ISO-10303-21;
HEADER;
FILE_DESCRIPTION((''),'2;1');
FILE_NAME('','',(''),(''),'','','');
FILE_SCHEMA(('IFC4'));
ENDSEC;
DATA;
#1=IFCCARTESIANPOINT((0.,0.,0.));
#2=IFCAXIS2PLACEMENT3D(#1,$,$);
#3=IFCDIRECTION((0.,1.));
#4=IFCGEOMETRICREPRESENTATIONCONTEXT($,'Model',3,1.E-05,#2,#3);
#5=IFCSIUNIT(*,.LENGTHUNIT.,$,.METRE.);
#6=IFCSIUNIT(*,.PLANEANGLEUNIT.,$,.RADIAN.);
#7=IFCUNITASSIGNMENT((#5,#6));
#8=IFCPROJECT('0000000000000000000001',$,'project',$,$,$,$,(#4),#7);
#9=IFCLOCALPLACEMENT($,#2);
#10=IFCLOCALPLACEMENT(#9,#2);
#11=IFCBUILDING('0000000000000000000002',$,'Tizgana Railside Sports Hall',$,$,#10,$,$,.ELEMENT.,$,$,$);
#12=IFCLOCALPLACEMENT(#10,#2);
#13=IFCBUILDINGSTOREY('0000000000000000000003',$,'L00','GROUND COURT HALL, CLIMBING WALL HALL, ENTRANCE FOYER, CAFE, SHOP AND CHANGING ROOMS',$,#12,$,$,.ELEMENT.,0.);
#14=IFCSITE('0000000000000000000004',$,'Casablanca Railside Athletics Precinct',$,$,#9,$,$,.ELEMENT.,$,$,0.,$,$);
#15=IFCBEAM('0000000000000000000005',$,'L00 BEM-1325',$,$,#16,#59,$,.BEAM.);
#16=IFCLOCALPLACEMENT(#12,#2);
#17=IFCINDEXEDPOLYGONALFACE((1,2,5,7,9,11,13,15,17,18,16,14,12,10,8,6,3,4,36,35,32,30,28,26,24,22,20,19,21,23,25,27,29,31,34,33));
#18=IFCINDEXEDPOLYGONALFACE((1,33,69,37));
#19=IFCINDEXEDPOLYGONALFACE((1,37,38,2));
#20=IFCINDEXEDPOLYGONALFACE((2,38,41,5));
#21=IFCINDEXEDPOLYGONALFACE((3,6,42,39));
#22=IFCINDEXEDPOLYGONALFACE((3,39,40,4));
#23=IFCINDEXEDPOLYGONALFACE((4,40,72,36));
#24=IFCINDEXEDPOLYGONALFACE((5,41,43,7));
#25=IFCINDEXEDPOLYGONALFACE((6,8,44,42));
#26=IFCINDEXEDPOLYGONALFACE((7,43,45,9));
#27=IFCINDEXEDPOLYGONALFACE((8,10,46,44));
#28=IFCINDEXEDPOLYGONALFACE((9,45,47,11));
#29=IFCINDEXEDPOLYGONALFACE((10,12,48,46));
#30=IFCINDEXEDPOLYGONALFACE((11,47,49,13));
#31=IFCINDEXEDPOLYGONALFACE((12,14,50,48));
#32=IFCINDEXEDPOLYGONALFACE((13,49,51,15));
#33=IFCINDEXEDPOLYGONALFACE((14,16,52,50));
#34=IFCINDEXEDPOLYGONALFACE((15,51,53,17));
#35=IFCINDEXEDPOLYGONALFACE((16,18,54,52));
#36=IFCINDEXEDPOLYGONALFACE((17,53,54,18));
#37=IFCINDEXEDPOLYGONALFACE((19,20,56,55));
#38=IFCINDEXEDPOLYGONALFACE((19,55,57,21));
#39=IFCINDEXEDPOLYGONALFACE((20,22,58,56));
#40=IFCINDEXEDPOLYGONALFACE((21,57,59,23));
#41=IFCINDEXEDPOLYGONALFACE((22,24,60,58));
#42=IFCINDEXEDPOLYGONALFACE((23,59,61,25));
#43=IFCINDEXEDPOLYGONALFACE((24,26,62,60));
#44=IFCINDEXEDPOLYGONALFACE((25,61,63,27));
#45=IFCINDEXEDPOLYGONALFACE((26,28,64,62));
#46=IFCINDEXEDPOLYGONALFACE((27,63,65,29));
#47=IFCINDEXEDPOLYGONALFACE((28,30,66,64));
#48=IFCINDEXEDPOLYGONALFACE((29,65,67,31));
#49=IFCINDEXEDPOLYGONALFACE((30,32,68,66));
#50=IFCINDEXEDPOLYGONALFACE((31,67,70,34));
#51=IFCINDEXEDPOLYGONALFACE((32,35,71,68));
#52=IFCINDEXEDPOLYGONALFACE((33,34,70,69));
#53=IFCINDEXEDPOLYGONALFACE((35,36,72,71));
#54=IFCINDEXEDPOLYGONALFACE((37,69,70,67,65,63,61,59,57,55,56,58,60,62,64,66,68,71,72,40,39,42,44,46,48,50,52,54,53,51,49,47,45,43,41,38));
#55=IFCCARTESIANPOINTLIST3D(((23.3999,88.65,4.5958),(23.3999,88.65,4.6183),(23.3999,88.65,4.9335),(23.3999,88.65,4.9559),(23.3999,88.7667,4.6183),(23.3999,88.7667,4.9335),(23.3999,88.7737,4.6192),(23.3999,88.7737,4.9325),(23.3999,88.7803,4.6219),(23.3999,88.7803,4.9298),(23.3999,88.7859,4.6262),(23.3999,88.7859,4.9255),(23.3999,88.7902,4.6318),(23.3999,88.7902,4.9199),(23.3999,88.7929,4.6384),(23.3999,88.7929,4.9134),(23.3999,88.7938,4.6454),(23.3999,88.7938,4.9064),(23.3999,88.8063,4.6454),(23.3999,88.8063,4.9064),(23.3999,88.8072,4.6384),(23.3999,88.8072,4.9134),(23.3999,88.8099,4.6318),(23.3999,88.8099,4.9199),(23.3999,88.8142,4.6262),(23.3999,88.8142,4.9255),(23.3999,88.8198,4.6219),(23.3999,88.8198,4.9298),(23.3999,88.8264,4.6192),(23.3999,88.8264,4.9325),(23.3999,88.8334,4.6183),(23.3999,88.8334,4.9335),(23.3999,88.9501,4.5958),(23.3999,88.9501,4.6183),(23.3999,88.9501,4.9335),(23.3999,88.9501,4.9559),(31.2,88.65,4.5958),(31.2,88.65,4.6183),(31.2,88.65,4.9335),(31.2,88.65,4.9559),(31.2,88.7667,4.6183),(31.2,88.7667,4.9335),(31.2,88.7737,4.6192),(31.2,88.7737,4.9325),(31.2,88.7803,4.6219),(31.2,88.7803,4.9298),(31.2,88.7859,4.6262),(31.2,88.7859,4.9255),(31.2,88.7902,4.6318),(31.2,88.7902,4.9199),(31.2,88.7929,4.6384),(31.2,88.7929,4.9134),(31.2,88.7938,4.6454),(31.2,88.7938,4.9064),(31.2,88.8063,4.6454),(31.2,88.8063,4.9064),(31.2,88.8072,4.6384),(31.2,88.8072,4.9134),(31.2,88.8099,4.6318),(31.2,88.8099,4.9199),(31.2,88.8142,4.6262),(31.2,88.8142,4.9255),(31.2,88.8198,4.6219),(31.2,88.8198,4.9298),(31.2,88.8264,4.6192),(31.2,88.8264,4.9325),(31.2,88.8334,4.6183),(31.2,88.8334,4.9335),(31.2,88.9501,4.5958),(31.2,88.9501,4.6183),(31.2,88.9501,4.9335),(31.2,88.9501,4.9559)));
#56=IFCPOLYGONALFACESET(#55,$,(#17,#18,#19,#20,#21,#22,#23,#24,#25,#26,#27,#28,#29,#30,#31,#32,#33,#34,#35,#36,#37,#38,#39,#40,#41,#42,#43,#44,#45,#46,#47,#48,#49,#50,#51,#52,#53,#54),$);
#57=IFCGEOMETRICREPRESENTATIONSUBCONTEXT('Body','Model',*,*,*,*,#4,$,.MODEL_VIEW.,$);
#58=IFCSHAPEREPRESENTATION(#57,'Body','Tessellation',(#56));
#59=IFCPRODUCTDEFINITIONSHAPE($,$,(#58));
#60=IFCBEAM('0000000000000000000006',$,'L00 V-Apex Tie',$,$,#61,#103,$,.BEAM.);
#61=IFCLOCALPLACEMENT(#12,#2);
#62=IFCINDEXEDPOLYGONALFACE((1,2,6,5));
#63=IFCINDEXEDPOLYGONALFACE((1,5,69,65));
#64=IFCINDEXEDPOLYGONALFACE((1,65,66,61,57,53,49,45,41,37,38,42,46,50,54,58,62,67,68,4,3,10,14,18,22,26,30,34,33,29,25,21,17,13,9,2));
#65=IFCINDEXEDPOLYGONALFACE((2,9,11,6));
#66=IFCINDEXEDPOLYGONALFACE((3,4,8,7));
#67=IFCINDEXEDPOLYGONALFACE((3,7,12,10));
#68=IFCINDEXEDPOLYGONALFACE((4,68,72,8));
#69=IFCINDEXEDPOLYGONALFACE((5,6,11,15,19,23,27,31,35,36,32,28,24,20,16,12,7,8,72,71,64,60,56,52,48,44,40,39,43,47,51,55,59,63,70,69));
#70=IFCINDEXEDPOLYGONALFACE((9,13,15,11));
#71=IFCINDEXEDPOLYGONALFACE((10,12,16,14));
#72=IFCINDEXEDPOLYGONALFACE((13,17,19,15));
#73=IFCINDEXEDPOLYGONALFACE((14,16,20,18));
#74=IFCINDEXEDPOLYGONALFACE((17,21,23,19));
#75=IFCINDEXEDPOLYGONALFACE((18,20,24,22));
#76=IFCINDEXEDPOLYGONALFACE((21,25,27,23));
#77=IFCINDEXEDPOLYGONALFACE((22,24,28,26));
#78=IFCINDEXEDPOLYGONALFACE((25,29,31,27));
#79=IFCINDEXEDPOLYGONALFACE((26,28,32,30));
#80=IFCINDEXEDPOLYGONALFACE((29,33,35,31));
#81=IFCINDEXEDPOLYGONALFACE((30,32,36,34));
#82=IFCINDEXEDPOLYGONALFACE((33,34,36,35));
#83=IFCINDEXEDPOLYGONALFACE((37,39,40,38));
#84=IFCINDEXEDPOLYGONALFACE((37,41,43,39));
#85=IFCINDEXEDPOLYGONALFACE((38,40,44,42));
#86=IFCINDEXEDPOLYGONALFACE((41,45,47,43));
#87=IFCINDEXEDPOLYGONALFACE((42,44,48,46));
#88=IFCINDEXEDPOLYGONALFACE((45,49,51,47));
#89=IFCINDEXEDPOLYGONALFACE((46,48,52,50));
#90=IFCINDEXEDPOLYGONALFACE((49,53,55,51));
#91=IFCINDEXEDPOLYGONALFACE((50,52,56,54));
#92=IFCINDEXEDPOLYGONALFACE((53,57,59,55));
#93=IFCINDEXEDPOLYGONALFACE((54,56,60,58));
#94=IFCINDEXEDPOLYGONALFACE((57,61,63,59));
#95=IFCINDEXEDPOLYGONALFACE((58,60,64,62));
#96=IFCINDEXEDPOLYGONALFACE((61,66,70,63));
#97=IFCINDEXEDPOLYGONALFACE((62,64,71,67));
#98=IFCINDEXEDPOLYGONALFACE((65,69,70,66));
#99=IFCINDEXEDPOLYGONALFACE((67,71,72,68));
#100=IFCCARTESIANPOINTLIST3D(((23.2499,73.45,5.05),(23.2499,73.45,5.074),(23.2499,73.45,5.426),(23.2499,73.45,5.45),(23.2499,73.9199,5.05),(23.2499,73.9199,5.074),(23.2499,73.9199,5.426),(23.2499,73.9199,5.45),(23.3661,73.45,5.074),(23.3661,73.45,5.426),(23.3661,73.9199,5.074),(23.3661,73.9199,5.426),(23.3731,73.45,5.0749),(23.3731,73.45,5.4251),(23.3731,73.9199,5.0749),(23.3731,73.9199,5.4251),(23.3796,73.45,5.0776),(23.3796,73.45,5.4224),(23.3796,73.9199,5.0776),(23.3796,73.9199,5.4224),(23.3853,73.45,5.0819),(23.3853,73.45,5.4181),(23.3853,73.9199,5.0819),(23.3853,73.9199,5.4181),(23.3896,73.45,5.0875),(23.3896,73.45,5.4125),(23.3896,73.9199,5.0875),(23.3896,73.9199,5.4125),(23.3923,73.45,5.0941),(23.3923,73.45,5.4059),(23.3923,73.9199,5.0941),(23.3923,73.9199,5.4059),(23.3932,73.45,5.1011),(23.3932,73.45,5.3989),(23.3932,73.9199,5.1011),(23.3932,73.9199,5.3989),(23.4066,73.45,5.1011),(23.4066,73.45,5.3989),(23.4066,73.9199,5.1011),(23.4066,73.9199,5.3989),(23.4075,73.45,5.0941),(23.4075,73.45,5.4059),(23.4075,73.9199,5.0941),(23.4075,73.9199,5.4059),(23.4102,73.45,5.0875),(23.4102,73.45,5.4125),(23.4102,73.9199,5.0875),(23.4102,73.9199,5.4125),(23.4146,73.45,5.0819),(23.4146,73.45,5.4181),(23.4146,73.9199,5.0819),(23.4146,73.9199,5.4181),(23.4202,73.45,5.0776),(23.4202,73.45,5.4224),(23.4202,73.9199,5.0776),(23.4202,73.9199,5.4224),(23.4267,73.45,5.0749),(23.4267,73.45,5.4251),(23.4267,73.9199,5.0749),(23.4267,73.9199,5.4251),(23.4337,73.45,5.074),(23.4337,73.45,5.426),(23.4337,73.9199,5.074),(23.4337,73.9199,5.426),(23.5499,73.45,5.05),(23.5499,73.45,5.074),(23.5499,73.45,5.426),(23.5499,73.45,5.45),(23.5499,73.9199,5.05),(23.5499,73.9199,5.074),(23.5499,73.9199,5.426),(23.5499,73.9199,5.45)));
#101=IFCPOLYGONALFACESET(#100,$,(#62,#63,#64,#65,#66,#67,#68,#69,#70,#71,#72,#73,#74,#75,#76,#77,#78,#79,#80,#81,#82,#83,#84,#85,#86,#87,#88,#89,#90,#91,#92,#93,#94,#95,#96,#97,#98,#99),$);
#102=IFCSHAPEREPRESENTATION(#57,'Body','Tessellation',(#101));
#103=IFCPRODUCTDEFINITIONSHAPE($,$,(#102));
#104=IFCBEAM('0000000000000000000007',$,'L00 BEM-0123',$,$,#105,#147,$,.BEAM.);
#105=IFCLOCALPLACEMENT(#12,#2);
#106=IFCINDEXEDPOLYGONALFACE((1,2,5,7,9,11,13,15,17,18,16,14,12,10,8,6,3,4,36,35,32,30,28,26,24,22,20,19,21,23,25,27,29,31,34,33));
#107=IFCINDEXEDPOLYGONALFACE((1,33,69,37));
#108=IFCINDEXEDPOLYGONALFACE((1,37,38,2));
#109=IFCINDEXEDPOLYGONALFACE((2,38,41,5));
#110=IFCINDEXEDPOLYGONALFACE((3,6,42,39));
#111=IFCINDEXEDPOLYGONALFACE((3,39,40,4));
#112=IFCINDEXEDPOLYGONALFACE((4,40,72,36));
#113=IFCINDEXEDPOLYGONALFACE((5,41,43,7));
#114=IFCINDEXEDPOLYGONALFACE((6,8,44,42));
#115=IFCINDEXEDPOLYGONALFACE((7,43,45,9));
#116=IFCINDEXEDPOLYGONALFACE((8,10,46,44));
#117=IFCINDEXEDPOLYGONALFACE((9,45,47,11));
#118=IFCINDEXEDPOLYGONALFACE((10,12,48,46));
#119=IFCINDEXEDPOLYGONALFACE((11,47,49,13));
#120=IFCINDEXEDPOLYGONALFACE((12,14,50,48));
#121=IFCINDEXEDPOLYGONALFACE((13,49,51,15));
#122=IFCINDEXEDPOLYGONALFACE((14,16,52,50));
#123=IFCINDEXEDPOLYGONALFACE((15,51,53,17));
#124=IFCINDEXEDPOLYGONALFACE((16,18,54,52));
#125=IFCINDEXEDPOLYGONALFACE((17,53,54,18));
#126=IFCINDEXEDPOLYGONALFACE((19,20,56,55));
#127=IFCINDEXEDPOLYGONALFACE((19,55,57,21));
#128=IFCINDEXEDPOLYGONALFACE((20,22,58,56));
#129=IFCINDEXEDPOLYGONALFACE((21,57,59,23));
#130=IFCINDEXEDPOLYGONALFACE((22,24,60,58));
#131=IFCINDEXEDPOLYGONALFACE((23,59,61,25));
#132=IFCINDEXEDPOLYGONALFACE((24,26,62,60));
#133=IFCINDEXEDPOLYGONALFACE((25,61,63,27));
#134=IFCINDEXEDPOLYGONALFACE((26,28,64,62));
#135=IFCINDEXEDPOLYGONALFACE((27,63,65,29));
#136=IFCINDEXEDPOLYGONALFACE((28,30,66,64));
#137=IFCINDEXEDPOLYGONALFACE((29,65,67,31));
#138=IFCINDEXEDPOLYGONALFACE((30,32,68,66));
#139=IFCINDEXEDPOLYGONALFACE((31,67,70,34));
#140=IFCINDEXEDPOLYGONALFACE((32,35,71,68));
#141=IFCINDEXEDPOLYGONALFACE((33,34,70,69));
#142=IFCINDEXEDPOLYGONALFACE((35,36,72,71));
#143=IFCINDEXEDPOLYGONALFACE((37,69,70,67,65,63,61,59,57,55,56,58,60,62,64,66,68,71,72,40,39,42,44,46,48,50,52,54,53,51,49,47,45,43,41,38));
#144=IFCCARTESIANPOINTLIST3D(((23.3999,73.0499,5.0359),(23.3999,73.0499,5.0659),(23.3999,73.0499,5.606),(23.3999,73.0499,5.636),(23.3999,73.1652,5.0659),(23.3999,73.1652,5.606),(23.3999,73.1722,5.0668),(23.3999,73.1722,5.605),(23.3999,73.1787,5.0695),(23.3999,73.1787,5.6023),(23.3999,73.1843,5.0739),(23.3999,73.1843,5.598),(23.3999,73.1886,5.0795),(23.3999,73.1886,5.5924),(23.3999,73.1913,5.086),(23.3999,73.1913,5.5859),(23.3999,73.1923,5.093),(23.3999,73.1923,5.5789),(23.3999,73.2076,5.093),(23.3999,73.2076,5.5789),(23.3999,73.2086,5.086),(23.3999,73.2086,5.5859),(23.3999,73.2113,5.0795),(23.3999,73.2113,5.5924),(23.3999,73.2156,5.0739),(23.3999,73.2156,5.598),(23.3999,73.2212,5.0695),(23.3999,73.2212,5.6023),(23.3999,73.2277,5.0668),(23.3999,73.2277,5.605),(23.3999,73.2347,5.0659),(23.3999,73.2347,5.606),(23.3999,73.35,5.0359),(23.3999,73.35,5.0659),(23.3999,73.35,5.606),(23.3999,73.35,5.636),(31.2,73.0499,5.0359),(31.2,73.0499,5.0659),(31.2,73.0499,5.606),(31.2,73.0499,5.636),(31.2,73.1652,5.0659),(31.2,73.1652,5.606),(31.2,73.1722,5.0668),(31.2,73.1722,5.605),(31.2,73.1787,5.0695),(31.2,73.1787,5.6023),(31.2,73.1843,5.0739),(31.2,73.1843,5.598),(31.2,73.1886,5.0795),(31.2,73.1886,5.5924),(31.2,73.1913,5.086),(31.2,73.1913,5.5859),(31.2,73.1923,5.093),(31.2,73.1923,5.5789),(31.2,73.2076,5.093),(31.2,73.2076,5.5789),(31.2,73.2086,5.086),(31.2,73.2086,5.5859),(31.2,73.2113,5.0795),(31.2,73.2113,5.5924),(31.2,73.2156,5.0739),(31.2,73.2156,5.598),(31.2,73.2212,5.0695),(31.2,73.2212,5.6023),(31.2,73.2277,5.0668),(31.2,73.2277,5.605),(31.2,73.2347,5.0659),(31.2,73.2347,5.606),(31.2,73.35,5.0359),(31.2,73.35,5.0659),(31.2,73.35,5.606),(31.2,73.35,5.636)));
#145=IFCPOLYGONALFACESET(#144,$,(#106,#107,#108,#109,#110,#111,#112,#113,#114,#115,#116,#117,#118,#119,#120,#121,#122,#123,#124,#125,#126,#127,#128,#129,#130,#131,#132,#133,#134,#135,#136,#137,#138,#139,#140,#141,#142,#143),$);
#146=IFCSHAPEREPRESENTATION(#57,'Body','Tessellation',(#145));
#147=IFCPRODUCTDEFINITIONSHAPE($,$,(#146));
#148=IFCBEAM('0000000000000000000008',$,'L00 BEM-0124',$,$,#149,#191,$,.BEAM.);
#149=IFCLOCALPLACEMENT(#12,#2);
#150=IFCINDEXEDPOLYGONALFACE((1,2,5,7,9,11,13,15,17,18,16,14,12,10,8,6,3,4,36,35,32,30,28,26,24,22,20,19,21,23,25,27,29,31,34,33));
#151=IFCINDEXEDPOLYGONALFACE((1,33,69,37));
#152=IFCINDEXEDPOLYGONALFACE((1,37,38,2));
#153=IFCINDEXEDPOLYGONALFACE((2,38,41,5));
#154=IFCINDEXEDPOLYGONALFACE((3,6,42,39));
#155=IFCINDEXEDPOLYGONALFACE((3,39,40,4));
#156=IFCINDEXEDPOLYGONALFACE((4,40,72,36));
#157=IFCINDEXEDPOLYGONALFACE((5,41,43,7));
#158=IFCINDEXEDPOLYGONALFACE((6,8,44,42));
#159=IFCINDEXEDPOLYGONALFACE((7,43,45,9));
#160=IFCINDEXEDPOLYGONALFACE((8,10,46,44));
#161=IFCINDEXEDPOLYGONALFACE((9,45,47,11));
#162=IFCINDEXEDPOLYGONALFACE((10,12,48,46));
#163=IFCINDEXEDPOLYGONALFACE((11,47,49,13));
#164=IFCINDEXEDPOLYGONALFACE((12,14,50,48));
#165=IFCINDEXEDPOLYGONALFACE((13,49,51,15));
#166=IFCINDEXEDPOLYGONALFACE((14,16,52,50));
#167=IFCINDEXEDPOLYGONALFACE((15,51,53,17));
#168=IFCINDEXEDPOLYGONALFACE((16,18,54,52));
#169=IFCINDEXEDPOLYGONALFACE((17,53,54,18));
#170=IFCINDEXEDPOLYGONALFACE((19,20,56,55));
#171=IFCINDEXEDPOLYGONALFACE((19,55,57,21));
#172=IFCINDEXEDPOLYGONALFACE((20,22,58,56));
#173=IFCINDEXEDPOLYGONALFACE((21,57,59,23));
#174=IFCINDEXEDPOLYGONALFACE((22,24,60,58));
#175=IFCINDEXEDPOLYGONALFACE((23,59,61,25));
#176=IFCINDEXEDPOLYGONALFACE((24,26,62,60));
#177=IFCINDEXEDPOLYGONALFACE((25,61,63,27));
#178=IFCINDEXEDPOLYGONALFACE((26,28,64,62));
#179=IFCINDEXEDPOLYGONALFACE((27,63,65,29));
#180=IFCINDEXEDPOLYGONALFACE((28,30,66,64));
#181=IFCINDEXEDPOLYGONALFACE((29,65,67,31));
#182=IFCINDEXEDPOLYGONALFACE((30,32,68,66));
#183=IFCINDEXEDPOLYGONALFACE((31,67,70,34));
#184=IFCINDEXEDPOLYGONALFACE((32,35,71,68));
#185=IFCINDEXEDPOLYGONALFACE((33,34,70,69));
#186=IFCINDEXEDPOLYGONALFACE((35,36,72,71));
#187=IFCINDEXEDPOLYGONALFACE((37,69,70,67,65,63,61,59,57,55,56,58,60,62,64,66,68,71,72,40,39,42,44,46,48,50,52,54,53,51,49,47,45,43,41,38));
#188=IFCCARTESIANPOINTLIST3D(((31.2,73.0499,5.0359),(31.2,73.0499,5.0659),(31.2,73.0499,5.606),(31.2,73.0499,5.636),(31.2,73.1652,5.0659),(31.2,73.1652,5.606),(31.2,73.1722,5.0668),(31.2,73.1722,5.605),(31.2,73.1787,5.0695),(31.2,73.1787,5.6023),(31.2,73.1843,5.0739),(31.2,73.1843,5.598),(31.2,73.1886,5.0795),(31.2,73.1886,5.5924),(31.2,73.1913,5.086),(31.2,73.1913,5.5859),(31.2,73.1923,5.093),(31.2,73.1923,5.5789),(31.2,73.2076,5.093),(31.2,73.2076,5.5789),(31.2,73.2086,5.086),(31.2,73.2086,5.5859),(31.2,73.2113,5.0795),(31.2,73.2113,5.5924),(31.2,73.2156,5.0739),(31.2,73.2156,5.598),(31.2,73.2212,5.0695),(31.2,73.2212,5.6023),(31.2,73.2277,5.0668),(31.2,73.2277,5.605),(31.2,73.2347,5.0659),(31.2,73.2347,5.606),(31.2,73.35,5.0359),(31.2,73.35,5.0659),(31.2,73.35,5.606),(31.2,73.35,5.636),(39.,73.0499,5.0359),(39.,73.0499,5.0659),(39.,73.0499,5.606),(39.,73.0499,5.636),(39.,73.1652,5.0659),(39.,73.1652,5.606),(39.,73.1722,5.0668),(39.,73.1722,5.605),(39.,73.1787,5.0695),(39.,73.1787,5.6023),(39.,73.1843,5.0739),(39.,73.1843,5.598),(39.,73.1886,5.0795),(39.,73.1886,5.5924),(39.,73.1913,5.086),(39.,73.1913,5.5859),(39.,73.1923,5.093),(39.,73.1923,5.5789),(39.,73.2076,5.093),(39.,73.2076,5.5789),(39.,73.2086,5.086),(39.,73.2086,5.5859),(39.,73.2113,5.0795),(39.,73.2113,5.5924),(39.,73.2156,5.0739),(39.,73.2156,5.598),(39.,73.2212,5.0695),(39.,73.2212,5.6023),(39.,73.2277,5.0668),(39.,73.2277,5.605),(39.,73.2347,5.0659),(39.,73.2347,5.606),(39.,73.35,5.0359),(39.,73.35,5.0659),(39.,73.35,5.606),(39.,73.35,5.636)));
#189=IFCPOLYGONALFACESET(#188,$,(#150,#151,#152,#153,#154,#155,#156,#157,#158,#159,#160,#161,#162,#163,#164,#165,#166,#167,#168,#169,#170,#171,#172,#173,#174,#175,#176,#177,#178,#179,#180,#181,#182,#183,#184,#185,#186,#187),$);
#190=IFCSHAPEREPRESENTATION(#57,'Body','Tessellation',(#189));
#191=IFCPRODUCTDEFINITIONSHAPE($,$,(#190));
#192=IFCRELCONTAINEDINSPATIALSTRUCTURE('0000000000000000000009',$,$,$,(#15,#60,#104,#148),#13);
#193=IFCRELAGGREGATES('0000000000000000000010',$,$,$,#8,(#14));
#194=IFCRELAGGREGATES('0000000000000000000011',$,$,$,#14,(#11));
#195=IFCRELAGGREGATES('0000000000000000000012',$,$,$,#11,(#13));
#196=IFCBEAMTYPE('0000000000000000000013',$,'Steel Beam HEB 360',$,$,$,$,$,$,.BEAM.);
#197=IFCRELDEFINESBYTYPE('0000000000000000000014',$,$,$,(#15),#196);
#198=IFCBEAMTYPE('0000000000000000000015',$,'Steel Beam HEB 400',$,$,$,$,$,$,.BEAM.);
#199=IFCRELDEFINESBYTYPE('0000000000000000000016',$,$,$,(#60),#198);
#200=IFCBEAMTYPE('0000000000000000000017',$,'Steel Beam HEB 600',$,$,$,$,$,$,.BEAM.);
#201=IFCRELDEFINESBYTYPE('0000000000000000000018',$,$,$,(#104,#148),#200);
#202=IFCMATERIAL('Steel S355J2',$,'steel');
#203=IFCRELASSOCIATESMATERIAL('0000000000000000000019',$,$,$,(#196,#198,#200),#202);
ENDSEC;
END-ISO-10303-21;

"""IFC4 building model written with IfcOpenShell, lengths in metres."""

from ifc_helpers import new_model, si_unit, direction, frame, origin, origin_2d, place, context, subcontext, project, spatial, i_section, extrude, material, material_profile, profile_set, type_object, element, save


model = new_model("IFC4")

# Units and contexts
model_context = context("Model", 3, precision=1e-05, world=origin(), true_north=direction((0.0, 1.0)))
body_context = subcontext(model_context, "Body", "Model", "MODEL_VIEW")
ifc_project = project(units=[si_unit("LENGTHUNIT", "METRE"), si_unit("PLANEANGLEUNIT", "RADIAN")], contexts=[model_context])

# Site, building, storey
site_placement = place(None, origin())
site = spatial("IfcSite", under=ifc_project, at=site_placement, Name="Casablanca Railside Athletics Precinct", CompositionType="ELEMENT", RefElevation=0.0)
building_placement = place(site_placement, origin())
building = spatial("IfcBuilding", under=site, at=building_placement, Name="Tizgana Railside Sports Hall", CompositionType="ELEMENT")
storey_placement = place(building_placement, origin())
storey = spatial("IfcBuildingStorey", under=building, at=storey_placement, Name="L00", Description="GROUND COURT HALL, CLIMBING WALL HALL, ENTRANCE FOYER, CAFE, SHOP AND CHANGING ROOMS", CompositionType="ELEMENT", Elevation=0.0)

# Shared definitions
ifc_material_1 = material(Name="Steel S355J2", Category="steel")

# Beams
ifc_material_profile_1 = material_profile(ifc_material_1, i_section(OverallWidth=0.3, OverallDepth=0.3601, WebThickness=0.0125, FlangeThickness=0.0225, FilletRadius=0.0271, at=origin_2d()), Name="HEB 360")
ifc_profile_set_1 = profile_set([ifc_material_profile_1], Name="Steel S355J2")
beam_type_1 = type_object("IfcBeamType", Name="Steel Beam HEB 360", PredefinedType="BEAM", material=ifc_profile_set_1)
beam_1_placement = place(storey_placement, frame((23.3999, 88.8, 4.7759), z_axis=(1.0, 0.0, 0.0), x_axis=(0.0, 1.0, 0.0)))
element("IfcBeam", 1, at=beam_1_placement, inside=storey, type_object=beam_type_1, Name="L00 BEM-1325", PredefinedType="BEAM", context=body_context, shape_type="SweptSolid", body=[
    extrude(i_section(OverallWidth=0.3, OverallDepth=0.3601, WebThickness=0.0125, FlangeThickness=0.0225, FilletRadius=0.0271, at=origin_2d()), origin(), (0.0, 0.0, 1.0), 7.8),
])
ifc_material_profile_2 = material_profile(ifc_material_1, i_section(OverallWidth=0.3, OverallDepth=0.3999, WebThickness=0.0134, FlangeThickness=0.0239, FilletRadius=0.0271, at=origin_2d()), Name="HEB 400")
ifc_profile_set_2 = profile_set([ifc_material_profile_2], Name="Steel S355J2")
beam_type_2 = type_object("IfcBeamType", Name="Steel Beam HEB 400", PredefinedType="BEAM", material=ifc_profile_set_2)
beam_2_placement = place(storey_placement, frame((23.3999, 73.9199, 5.25), z_axis=(0.0, -1.0, 0.0), x_axis=(1.0, 0.0, 0.0)))
element("IfcBeam", 2, at=beam_2_placement, inside=storey, type_object=beam_type_2, Name="L00 V-Apex Tie", PredefinedType="BEAM", context=body_context, shape_type="SweptSolid", body=[
    extrude(i_section(OverallWidth=0.3, OverallDepth=0.3999, WebThickness=0.0134, FlangeThickness=0.0239, FilletRadius=0.0271, at=origin_2d()), origin(), (0.0, 0.0, 1.0), 0.47),
])
ifc_material_profile_3 = material_profile(ifc_material_1, i_section(OverallWidth=0.3, OverallDepth=0.6001, WebThickness=0.0154, FlangeThickness=0.03, FilletRadius=0.0271, at=origin_2d()), Name="HEB 600")
ifc_profile_set_3 = profile_set([ifc_material_profile_3], Name="Steel S355J2")
beam_type_3 = type_object("IfcBeamType", Name="Steel Beam HEB 600", PredefinedType="BEAM", material=ifc_profile_set_3)
for number, where, z_axis, x_axis, name in (
    (3, (23.3999, 73.2, 5.3359), (1.0, 0.0, 0.0), (0.0, 1.0, 0.0), "L00 BEM-0123"),
    (4, (31.2, 73.2, 5.3359), (1.0, 0.0, 0.0), (0.0, 1.0, 0.0), "L00 BEM-0124"),
):
    element("IfcBeam", number, at=place(storey_placement, frame(where, z_axis=z_axis, x_axis=x_axis)), inside=storey, type_object=beam_type_3, Name=name, PredefinedType="BEAM", context=body_context, shape_type="SweptSolid", body=[
        extrude(i_section(OverallWidth=0.3, OverallDepth=0.6001, WebThickness=0.0154, FlangeThickness=0.03, FilletRadius=0.0271, at=origin_2d()), origin(), (0.0, 0.0, 1.0), 7.8),
    ])

save(model, "model.ifc")
